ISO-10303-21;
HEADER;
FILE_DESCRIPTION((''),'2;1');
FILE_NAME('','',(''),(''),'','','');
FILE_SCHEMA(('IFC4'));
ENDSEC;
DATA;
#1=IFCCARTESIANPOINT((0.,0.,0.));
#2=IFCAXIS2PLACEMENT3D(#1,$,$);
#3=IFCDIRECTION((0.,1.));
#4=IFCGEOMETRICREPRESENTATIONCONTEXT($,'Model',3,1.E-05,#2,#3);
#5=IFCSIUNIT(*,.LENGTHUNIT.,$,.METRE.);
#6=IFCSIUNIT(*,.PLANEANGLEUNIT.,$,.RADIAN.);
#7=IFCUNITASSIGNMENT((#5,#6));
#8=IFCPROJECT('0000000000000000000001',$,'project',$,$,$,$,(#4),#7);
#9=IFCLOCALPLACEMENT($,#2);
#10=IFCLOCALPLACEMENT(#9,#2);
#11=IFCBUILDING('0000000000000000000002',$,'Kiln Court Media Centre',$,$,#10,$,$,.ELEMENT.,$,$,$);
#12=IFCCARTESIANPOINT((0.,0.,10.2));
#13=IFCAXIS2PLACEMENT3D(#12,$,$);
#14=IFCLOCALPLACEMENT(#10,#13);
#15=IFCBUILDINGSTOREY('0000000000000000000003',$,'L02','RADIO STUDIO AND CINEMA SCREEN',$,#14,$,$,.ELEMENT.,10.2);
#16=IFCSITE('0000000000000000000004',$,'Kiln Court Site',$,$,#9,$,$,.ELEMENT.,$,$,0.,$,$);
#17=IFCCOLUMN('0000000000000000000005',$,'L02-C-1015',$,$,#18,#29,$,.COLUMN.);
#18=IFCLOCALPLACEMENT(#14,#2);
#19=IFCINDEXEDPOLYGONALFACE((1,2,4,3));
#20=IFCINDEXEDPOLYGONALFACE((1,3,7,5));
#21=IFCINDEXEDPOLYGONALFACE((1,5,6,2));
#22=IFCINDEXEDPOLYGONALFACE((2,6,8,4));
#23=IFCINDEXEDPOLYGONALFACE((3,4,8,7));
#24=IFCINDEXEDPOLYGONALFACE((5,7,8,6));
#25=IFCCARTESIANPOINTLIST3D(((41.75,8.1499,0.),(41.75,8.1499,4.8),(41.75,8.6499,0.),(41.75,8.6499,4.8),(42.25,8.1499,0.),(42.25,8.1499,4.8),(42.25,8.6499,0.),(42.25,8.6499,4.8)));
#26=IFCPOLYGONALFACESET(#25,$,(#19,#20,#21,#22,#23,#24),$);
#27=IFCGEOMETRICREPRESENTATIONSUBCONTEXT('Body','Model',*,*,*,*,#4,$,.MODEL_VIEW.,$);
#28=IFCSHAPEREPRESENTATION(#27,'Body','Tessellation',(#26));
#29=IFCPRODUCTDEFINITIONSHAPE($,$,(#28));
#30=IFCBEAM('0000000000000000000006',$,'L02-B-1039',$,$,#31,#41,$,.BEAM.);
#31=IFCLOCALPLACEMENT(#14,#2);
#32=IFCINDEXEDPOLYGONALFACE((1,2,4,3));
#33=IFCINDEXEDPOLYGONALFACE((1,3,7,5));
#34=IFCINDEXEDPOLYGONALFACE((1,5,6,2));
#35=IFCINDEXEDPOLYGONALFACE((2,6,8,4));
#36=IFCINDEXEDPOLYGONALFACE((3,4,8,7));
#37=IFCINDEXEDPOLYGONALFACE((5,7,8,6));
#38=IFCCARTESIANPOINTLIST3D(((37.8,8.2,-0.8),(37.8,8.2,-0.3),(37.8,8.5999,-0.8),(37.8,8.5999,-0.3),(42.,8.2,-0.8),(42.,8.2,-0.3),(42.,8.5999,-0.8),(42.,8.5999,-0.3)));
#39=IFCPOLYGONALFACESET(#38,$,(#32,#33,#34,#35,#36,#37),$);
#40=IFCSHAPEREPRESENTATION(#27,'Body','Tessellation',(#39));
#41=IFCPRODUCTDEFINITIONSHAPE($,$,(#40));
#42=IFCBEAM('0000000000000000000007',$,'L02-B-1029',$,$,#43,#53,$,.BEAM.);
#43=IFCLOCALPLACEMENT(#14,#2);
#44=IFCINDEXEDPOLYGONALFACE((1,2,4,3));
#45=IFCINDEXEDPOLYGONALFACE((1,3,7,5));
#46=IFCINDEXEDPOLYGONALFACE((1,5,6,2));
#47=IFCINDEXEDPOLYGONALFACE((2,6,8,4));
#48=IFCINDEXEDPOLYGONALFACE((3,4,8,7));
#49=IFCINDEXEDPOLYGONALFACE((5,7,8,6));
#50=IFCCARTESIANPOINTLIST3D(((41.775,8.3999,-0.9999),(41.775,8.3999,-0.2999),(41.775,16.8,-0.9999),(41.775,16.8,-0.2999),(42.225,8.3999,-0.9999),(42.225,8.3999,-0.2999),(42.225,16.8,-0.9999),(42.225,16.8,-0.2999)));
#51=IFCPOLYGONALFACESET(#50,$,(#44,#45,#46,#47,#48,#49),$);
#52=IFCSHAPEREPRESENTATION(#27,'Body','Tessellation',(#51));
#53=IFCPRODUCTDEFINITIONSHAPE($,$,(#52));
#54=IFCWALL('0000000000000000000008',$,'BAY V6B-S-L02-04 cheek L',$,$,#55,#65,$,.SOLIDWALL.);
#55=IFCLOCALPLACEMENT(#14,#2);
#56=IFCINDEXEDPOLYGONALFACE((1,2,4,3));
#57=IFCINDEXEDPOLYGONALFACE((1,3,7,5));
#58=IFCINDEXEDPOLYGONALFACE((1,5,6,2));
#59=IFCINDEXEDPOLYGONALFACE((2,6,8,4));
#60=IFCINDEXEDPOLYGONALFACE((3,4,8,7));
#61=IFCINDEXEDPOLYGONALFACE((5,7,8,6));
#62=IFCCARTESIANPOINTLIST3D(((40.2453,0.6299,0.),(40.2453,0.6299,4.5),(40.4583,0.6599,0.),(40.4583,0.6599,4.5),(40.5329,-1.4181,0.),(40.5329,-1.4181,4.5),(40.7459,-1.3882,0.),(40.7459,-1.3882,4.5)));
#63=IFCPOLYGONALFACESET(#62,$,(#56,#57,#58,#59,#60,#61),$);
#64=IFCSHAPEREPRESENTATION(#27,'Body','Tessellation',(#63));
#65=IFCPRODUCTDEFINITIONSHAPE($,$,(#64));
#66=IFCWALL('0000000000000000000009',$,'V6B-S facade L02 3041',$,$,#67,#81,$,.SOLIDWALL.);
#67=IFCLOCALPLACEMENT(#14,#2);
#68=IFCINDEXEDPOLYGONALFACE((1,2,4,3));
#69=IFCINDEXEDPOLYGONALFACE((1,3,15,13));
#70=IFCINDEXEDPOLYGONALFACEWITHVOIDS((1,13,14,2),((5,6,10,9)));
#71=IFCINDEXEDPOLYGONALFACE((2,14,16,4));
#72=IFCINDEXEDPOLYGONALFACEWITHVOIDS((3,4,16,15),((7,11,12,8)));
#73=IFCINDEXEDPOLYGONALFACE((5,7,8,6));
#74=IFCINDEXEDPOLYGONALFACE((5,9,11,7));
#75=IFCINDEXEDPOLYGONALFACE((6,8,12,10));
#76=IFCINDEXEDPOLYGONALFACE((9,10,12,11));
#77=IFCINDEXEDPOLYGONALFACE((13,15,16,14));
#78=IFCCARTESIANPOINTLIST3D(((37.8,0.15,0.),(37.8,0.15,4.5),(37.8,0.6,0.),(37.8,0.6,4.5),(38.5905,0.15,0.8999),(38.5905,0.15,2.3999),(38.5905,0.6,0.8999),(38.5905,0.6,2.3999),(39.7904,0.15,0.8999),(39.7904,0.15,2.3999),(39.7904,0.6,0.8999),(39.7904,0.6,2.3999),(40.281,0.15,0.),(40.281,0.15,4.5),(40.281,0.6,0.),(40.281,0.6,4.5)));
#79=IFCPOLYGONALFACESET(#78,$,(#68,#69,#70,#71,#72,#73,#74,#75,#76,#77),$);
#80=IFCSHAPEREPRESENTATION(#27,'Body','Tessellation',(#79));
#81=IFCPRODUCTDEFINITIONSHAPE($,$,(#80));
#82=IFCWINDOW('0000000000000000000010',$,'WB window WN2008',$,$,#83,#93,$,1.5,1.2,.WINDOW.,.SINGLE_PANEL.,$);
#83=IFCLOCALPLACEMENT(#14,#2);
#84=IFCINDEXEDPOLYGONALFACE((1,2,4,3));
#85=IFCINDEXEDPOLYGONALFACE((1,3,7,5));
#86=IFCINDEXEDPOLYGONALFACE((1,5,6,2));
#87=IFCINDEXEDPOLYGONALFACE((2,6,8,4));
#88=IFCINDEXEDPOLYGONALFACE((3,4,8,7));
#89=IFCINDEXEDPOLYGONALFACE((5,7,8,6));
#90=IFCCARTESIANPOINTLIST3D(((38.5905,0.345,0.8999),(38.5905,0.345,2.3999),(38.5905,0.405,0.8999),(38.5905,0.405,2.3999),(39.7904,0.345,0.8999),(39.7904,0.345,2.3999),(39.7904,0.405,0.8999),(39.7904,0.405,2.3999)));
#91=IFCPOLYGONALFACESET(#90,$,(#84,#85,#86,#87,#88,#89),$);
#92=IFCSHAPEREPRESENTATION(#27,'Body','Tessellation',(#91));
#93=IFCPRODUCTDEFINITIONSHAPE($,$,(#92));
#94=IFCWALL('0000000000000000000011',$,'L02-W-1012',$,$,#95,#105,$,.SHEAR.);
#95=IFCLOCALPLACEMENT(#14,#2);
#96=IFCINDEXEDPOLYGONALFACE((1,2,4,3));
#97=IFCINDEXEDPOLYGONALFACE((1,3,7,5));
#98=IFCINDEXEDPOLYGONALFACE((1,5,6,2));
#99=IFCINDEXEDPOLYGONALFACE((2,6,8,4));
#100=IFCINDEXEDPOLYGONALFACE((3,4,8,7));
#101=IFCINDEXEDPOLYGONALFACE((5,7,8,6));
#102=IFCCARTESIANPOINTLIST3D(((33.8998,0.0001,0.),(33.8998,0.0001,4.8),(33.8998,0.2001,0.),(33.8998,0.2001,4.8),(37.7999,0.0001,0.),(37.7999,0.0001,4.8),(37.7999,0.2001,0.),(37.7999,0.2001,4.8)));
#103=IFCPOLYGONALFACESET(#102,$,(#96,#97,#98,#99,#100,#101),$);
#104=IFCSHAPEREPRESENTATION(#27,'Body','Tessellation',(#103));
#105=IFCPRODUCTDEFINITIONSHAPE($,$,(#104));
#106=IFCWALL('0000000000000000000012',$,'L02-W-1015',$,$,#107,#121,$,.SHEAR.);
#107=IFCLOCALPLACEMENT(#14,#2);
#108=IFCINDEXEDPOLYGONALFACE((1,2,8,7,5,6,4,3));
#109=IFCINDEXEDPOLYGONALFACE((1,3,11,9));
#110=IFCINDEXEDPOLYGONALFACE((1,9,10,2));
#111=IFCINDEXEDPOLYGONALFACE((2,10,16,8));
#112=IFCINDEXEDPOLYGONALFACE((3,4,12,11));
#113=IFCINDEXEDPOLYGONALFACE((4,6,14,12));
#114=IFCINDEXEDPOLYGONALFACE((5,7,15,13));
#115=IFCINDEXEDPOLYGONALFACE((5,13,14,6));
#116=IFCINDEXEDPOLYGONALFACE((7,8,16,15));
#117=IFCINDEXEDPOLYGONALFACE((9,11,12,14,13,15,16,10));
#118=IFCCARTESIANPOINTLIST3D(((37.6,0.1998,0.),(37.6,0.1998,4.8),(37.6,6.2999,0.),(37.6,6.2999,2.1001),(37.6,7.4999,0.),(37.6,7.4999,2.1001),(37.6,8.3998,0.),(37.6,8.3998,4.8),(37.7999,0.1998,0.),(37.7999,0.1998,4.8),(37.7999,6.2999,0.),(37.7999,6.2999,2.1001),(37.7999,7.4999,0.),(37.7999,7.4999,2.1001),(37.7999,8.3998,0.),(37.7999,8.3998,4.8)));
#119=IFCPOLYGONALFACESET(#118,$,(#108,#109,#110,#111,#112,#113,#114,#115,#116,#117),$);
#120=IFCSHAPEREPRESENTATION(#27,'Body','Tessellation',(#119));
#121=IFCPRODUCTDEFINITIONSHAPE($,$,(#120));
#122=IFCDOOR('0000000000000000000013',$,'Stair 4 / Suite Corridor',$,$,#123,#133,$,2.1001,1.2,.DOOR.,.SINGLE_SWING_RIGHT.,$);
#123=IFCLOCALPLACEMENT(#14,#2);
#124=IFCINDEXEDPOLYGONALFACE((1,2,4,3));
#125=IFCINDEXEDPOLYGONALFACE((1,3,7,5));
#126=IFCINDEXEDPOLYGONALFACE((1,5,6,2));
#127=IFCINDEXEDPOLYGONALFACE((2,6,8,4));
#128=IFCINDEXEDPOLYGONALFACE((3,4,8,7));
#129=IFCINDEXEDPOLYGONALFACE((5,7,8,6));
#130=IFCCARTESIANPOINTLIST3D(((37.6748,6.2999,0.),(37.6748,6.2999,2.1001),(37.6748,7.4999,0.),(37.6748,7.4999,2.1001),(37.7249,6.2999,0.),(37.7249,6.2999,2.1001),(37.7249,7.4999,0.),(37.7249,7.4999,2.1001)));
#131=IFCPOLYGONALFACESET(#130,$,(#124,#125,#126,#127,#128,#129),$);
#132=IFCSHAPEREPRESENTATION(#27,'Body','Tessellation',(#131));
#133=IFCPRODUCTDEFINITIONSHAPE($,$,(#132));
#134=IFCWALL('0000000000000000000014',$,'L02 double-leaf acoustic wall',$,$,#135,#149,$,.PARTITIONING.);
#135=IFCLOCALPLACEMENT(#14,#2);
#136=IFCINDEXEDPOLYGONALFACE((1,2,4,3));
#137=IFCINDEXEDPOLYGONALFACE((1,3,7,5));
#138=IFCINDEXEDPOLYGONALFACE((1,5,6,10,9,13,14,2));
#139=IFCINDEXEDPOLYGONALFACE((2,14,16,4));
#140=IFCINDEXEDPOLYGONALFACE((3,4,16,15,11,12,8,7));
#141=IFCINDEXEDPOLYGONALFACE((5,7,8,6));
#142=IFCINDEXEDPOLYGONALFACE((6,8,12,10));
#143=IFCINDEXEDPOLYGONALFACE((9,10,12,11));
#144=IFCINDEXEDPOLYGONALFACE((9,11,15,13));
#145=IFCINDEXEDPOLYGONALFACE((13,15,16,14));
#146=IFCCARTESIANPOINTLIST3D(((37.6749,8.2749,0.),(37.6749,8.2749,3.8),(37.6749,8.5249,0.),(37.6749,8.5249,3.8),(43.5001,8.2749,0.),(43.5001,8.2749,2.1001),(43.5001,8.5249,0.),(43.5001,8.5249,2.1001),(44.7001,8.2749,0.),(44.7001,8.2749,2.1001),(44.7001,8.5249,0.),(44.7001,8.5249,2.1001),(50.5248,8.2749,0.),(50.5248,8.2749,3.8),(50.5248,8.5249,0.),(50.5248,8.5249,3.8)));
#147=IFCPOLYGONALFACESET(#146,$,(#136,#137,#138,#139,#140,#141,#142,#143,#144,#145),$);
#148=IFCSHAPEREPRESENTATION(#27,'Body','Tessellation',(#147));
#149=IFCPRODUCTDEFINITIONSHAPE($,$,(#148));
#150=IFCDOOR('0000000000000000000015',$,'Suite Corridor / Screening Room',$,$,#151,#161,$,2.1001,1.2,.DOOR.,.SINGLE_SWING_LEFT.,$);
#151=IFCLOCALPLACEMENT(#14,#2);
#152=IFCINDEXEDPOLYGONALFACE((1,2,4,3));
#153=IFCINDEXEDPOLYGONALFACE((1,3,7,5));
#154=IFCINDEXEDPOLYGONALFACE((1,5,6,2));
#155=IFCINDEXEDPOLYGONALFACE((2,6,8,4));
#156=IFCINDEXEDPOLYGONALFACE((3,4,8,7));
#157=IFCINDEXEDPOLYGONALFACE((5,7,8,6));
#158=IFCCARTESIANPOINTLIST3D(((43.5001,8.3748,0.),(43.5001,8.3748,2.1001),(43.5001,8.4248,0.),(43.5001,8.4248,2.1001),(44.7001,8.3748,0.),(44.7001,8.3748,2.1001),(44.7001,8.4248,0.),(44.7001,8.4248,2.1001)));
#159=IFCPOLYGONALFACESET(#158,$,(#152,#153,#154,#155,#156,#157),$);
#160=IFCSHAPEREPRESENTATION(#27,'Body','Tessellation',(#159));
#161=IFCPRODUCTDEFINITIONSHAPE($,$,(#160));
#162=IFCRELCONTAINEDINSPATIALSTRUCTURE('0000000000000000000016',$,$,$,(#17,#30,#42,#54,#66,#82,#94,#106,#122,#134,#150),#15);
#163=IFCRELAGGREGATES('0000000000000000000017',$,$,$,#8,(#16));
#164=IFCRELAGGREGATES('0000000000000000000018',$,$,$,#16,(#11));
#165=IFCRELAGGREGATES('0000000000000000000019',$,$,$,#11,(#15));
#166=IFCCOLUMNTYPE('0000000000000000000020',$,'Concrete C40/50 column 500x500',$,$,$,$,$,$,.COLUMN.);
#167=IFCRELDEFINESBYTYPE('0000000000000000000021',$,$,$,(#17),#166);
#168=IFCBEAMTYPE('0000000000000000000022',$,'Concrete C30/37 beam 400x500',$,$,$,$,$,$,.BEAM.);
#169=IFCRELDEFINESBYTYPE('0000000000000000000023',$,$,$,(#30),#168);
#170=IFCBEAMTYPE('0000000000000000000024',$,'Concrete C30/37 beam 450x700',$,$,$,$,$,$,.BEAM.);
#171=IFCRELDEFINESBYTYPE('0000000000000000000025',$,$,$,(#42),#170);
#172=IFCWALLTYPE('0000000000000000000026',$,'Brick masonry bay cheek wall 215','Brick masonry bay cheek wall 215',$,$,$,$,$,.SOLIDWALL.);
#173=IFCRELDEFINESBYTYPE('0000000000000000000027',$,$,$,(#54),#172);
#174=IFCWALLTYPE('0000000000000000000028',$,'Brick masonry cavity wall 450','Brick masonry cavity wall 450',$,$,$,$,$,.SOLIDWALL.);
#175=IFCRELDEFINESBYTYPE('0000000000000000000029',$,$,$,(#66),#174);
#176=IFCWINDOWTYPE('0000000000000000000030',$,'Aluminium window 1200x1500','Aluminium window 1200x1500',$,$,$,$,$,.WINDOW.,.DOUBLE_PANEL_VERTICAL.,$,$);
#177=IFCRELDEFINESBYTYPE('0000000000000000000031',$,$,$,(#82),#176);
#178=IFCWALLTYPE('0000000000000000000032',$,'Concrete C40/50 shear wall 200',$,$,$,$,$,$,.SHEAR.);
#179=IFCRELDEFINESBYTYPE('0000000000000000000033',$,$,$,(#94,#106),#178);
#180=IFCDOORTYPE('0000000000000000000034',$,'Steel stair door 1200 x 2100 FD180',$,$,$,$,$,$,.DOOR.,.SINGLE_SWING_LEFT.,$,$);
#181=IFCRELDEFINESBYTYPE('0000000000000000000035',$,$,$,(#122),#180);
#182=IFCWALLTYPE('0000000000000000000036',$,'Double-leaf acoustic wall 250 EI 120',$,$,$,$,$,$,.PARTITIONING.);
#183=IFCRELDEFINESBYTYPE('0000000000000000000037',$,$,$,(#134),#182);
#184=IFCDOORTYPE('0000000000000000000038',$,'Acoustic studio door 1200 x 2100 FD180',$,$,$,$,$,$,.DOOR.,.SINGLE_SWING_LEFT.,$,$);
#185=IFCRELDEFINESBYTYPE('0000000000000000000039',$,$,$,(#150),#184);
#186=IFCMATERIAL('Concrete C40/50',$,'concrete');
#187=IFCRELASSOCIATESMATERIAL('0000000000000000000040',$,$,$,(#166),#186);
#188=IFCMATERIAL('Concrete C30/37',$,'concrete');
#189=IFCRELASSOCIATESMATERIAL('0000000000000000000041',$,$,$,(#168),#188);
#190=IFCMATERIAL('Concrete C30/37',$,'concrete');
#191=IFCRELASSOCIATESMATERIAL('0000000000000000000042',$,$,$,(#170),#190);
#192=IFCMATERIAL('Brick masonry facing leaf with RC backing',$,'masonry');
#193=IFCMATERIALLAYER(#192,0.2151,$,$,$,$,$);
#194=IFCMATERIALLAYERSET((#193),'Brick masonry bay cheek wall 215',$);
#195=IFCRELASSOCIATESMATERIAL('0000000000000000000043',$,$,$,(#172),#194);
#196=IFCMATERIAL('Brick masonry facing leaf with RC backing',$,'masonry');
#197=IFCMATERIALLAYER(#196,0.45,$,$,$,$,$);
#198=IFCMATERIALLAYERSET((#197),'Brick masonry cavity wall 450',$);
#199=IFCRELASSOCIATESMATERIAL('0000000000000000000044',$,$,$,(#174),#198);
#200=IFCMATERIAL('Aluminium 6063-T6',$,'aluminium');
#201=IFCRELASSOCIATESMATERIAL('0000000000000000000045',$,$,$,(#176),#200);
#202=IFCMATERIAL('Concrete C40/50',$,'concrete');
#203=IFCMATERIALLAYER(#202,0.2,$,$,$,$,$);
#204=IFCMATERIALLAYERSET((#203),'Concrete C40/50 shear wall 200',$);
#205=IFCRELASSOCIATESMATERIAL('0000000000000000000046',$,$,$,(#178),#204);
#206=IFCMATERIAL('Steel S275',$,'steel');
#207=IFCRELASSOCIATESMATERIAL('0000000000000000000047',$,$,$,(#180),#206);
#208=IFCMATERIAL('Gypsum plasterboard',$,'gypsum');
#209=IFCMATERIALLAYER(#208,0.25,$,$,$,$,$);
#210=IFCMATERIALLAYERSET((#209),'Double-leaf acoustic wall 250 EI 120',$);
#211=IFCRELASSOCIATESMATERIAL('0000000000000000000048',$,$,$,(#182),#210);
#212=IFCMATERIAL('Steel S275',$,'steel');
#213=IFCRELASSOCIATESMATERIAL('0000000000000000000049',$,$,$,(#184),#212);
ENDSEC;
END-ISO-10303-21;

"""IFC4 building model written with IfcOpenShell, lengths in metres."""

from ifc_helpers import new_model, si_unit, direction, frame, frame_2d, origin, origin_2d, place, context, subcontext, project, spatial, rectangle, extrude, material, layer, layer_set, material_profile, profile_set, type_object, element, fill, save


model = new_model("IFC4")

# Units and contexts
model_context = context("Model", 3, precision=1e-05, world=origin(), true_north=direction((0.0, 1.0)))
body_context = subcontext(model_context, "Body", "Model", "MODEL_VIEW")
ifc_project = project(units=[si_unit("LENGTHUNIT", "METRE"), si_unit("PLANEANGLEUNIT", "RADIAN")], contexts=[model_context])

# Site, building, storey
site_placement = place(None, origin())
site = spatial("IfcSite", under=ifc_project, at=site_placement, Name="Kiln Court Site", CompositionType="ELEMENT", RefElevation=0.0)
building_placement = place(site_placement, origin())
building = spatial("IfcBuilding", under=site, at=building_placement, Name="Kiln Court Media Centre", CompositionType="ELEMENT")
storey_placement = place(building_placement, frame((0.0, 0.0, 10.2)))
storey = spatial("IfcBuildingStorey", under=building, at=storey_placement, Name="L02", Description="RADIO STUDIO AND CINEMA SCREEN", CompositionType="ELEMENT", Elevation=10.2)

# Column
ifc_material_1 = material(Name="Concrete C40/50", Category="concrete")
ifc_material_profile_1 = material_profile(ifc_material_1, rectangle(XDim=0.5, YDim=0.5, at=origin_2d()), Name="RC 500x500")
ifc_profile_set_1 = profile_set([ifc_material_profile_1], Name="Concrete C40/50")
column_type = type_object("IfcColumnType", Name="Concrete C40/50 column 500x500", PredefinedType="COLUMN", material=ifc_profile_set_1)
column_placement = place(storey_placement, frame((42.0, 8.3999, 0.0), z_axis=(0.0, 0.0, 1.0), x_axis=(1.0, 0.0, 0.0)))
element("IfcColumn", 1, at=column_placement, inside=storey, type_object=column_type, Name="L02-C-1015", PredefinedType="COLUMN", context=body_context, shape_type="SweptSolid", body=[
    extrude(rectangle(XDim=0.5, YDim=0.5, at=origin_2d()), origin(), (0.0, 0.0, 1.0), 4.8),
])

# Beams
ifc_material_2 = material(Name="Concrete C30/37", Category="concrete")
ifc_material_profile_2 = material_profile(ifc_material_2, rectangle(XDim=0.3999, YDim=0.5, at=origin_2d()), Name="RC 400x500")
ifc_profile_set_2 = profile_set([ifc_material_profile_2], Name="Concrete C30/37")
beam_type_1 = type_object("IfcBeamType", Name="Concrete C30/37 beam 400x500", PredefinedType="BEAM", material=ifc_profile_set_2)
beam_1_placement = place(storey_placement, frame((37.8, 8.3999, -0.55), z_axis=(1.0, 0.0, 0.0), x_axis=(0.0, 1.0, 0.0)))
element("IfcBeam", 2, at=beam_1_placement, inside=storey, type_object=beam_type_1, Name="L02-B-1039", PredefinedType="BEAM", context=body_context, shape_type="SweptSolid", body=[
    extrude(rectangle(XDim=0.3999, YDim=0.5, at=origin_2d()), origin(), (0.0, 0.0, 1.0), 4.2),
])
ifc_material_3 = material(Name="Concrete C30/37", Category="concrete")
ifc_material_profile_3 = material_profile(ifc_material_3, rectangle(XDim=0.45, YDim=0.7, at=origin_2d()), Name="RC 450x700")
ifc_profile_set_3 = profile_set([ifc_material_profile_3], Name="Concrete C30/37")
beam_type_2 = type_object("IfcBeamType", Name="Concrete C30/37 beam 450x700", PredefinedType="BEAM", material=ifc_profile_set_3)
beam_2_placement = place(storey_placement, frame((42.0, 8.3999, -0.6499), z_axis=(0.0, 1.0, 0.0), x_axis=(-1.0, 0.0, 0.0)))
element("IfcBeam", 3, at=beam_2_placement, inside=storey, type_object=beam_type_2, Name="L02-B-1029", PredefinedType="BEAM", context=body_context, shape_type="SweptSolid", body=[
    extrude(rectangle(XDim=0.45, YDim=0.7, at=origin_2d()), origin(), (0.0, 0.0, 1.0), 8.4001),
])

# Wall
ifc_material_4 = material(Name="Brick masonry facing leaf with RC backing", Category="masonry")
ifc_layer_1 = layer(ifc_material_4, 0.2151)
ifc_layer_set_1 = layer_set([ifc_layer_1], Name="Brick masonry bay cheek wall 215")
wall_type_1 = type_object("IfcWallType", Name="Brick masonry bay cheek wall 215", Description="Brick masonry bay cheek wall 215", PredefinedType="SOLIDWALL", material=ifc_layer_set_1)
wall_1_placement = place(storey_placement, frame((40.3518, 0.645, 0.0), z_axis=(0.0, 0.0, 1.0), x_axis=(0.139058, -0.990284, 0.0)))
element("IfcWall", 4, at=wall_1_placement, inside=storey, type_object=wall_type_1, Name="BAY V6B-S-L02-04 cheek L", PredefinedType="SOLIDWALL", context=body_context, shape_type="SweptSolid", body=[
    extrude(rectangle(XDim=2.0681, YDim=0.2151, at=frame_2d((1.0342, 0.0))), origin(), (0.0, 0.0, 1.0), 4.5),
])

# Wall, opening, window
ifc_material_5 = material(Name="Brick masonry facing leaf with RC backing", Category="masonry")
ifc_layer_2 = layer(ifc_material_5, 0.45)
ifc_layer_set_2 = layer_set([ifc_layer_2], Name="Brick masonry cavity wall 450")
wall_type_2 = type_object("IfcWallType", Name="Brick masonry cavity wall 450", Description="Brick masonry cavity wall 450", PredefinedType="SOLIDWALL", material=ifc_layer_set_2)
wall_2_placement = place(storey_placement, frame((40.281, 0.375, 0.0), z_axis=(0.0, 0.0, 1.0), x_axis=(-1.0, 0.0, 0.0)))
wall_2 = element("IfcWall", 5, at=wall_2_placement, inside=storey, type_object=wall_type_2, Name="V6B-S facade L02 3041", PredefinedType="SOLIDWALL", context=body_context, shape_type="SweptSolid", body=[
    extrude(rectangle(XDim=2.481, YDim=0.45, at=frame_2d((1.2405, 0.0))), origin(), (0.0, 0.0, 1.0), 4.5),
])
opening_1_placement = place(wall_2_placement, frame((0.4905, 0.0, 0.8999)))
opening_1 = element("IfcOpeningElement", 6, at=opening_1_placement, cuts=wall_2, PredefinedType="OPENING", context=body_context, shape_type="SweptSolid", body=[
    extrude(rectangle(XDim=1.2, YDim=1.5, at=frame_2d((0.6001, 0.75))), frame((0.0, 0.2349, 0.0), z_axis=(0.0, -1.0, 0.0), x_axis=(1.0, 0.0, 0.0)), (0.0, 0.0, 1.0), 0.47),
])
ifc_material_6 = material(Name="Aluminium 6063-T6", Category="aluminium")
window_type = type_object("IfcWindowType", Name="Aluminium window 1200x1500", Description="Aluminium window 1200x1500", PartitioningType="DOUBLE_PANEL_VERTICAL", PredefinedType="WINDOW", material=ifc_material_6)
window_placement = place(opening_1_placement, origin())
window = element("IfcWindow", 7, at=window_placement, inside=storey, type_object=window_type, Name="WB window WN2008", OverallHeight=1.5, OverallWidth=1.2, PartitioningType="SINGLE_PANEL", PredefinedType="WINDOW", context=body_context, shape_type="SweptSolid", body=[
    extrude(rectangle(XDim=1.2, YDim=1.5, at=frame_2d((0.6001, 0.75))), frame((0.0, 0.03, 0.0), z_axis=(0.0, -1.0, 0.0), x_axis=(1.0, 0.0, 0.0)), (0.0, 0.0, 1.0), 0.0601),
])
fill(opening_1, window)

# Wall
ifc_material_7 = material(Name="Concrete C40/50", Category="concrete")
ifc_layer_3 = layer(ifc_material_7, 0.2)
ifc_layer_set_3 = layer_set([ifc_layer_3], Name="Concrete C40/50 shear wall 200")
wall_type_3 = type_object("IfcWallType", Name="Concrete C40/50 shear wall 200", PredefinedType="SHEAR", material=ifc_layer_set_3)
wall_3_placement = place(storey_placement, frame((37.8, 0.1001, 0.0), z_axis=(0.0, 0.0, 1.0), x_axis=(-1.0, 0.0, 0.0)))
element("IfcWall", 8, at=wall_3_placement, inside=storey, type_object=wall_type_3, Name="L02-W-1012", PredefinedType="SHEAR", context=body_context, shape_type="SweptSolid", body=[
    extrude(rectangle(XDim=3.9001, YDim=0.2, at=frame_2d((1.9502, 0.0))), origin(), (0.0, 0.0, 1.0), 4.8),
])

# Walls, openings, doors
wall_4_placement = place(storey_placement, frame((37.7, 8.3999, 0.0), z_axis=(0.0, 0.0, 1.0), x_axis=(0.0, -1.0, 0.0)))
wall_4 = element("IfcWall", 9, at=wall_4_placement, inside=storey, type_object=wall_type_3, Name="L02-W-1015", PredefinedType="SHEAR", context=body_context, shape_type="SweptSolid", body=[
    extrude(rectangle(XDim=8.2, YDim=0.2, at=frame_2d((4.1001, 0.0))), origin(), (0.0, 0.0, 1.0), 4.8),
])
opening_2_placement = place(wall_4_placement, frame((0.8999, 0.0, 0.0)))
opening_2 = element("IfcOpeningElement", 10, at=opening_2_placement, cuts=wall_4, PredefinedType="OPENING", context=body_context, shape_type="SweptSolid", body=[
    extrude(rectangle(XDim=1.2, YDim=2.1001, at=frame_2d((0.6001, 1.05))), frame((0.0, 0.1099, 0.0), z_axis=(0.0, -1.0, 0.0), x_axis=(1.0, 0.0, 0.0)), (0.0, 0.0, 1.0), 0.22),
])
ifc_material_8 = material(Name="Steel S275", Category="steel")
door_type_1 = type_object("IfcDoorType", Name="Steel stair door 1200 x 2100 FD180", OperationType="SINGLE_SWING_LEFT", PredefinedType="DOOR", material=ifc_material_8)
door_1_placement = place(opening_2_placement, origin())
door_1 = element("IfcDoor", 11, at=door_1_placement, inside=storey, type_object=door_type_1, Name="Stair 4 / Suite Corridor", OperationType="SINGLE_SWING_RIGHT", OverallHeight=2.1001, OverallWidth=1.2, PredefinedType="DOOR", context=body_context, shape_type="SweptSolid", body=[
    extrude(rectangle(XDim=1.2, YDim=2.1001, at=frame_2d((0.6001, 1.05))), frame((0.0, 0.0249, 0.0), z_axis=(0.0, -1.0, 0.0), x_axis=(1.0, 0.0, 0.0)), (0.0, 0.0, 1.0), 0.05),
])
fill(opening_2, door_1)
ifc_material_9 = material(Name="Gypsum plasterboard", Category="gypsum")
ifc_layer_4 = layer(ifc_material_9, 0.25)
ifc_layer_set_4 = layer_set([ifc_layer_4], Name="Double-leaf acoustic wall 250 EI 120")
wall_type_4 = type_object("IfcWallType", Name="Double-leaf acoustic wall 250 EI 120", PredefinedType="PARTITIONING", material=ifc_layer_set_4)
wall_5_placement = place(storey_placement, frame((37.675, 8.3999, 0.0), z_axis=(0.0, 0.0, 1.0), x_axis=(1.0, 0.0, 0.0)))
wall_5 = element("IfcWall", 12, at=wall_5_placement, inside=storey, type_object=wall_type_4, Name="L02 double-leaf acoustic wall", PredefinedType="PARTITIONING", context=body_context, shape_type="SweptSolid", body=[
    extrude(rectangle(XDim=12.8499, YDim=0.25, at=frame_2d((6.4248, 0.0))), origin(), (0.0, 0.0, 1.0), 3.8),
])
opening_3_placement = place(wall_5_placement, frame((5.825, 0.0, 0.0)))
opening_3 = element("IfcOpeningElement", 13, at=opening_3_placement, cuts=wall_5, PredefinedType="OPENING", context=body_context, shape_type="SweptSolid", body=[
    extrude(rectangle(XDim=1.2, YDim=2.1001, at=frame_2d((0.6001, 1.05))), frame((0.0, 0.135, 0.0), z_axis=(0.0, -1.0, 0.0), x_axis=(1.0, 0.0, 0.0)), (0.0, 0.0, 1.0), 0.27),
])
ifc_material_10 = material(Name="Steel S275", Category="steel")
door_type_2 = type_object("IfcDoorType", Name="Acoustic studio door 1200 x 2100 FD180", OperationType="SINGLE_SWING_LEFT", PredefinedType="DOOR", material=ifc_material_10)
door_2_placement = place(opening_3_placement, origin())
door_2 = element("IfcDoor", 14, at=door_2_placement, inside=storey, type_object=door_type_2, Name="Suite Corridor / Screening Room", OperationType="SINGLE_SWING_LEFT", OverallHeight=2.1001, OverallWidth=1.2, PredefinedType="DOOR", context=body_context, shape_type="SweptSolid", body=[
    extrude(rectangle(XDim=1.2, YDim=2.1001, at=frame_2d((0.6001, 1.05))), frame((0.0, 0.0249, 0.0), z_axis=(0.0, -1.0, 0.0), x_axis=(1.0, 0.0, 0.0)), (0.0, 0.0, 1.0), 0.05),
])
fill(opening_3, door_2)

save(model, "model.ifc")
